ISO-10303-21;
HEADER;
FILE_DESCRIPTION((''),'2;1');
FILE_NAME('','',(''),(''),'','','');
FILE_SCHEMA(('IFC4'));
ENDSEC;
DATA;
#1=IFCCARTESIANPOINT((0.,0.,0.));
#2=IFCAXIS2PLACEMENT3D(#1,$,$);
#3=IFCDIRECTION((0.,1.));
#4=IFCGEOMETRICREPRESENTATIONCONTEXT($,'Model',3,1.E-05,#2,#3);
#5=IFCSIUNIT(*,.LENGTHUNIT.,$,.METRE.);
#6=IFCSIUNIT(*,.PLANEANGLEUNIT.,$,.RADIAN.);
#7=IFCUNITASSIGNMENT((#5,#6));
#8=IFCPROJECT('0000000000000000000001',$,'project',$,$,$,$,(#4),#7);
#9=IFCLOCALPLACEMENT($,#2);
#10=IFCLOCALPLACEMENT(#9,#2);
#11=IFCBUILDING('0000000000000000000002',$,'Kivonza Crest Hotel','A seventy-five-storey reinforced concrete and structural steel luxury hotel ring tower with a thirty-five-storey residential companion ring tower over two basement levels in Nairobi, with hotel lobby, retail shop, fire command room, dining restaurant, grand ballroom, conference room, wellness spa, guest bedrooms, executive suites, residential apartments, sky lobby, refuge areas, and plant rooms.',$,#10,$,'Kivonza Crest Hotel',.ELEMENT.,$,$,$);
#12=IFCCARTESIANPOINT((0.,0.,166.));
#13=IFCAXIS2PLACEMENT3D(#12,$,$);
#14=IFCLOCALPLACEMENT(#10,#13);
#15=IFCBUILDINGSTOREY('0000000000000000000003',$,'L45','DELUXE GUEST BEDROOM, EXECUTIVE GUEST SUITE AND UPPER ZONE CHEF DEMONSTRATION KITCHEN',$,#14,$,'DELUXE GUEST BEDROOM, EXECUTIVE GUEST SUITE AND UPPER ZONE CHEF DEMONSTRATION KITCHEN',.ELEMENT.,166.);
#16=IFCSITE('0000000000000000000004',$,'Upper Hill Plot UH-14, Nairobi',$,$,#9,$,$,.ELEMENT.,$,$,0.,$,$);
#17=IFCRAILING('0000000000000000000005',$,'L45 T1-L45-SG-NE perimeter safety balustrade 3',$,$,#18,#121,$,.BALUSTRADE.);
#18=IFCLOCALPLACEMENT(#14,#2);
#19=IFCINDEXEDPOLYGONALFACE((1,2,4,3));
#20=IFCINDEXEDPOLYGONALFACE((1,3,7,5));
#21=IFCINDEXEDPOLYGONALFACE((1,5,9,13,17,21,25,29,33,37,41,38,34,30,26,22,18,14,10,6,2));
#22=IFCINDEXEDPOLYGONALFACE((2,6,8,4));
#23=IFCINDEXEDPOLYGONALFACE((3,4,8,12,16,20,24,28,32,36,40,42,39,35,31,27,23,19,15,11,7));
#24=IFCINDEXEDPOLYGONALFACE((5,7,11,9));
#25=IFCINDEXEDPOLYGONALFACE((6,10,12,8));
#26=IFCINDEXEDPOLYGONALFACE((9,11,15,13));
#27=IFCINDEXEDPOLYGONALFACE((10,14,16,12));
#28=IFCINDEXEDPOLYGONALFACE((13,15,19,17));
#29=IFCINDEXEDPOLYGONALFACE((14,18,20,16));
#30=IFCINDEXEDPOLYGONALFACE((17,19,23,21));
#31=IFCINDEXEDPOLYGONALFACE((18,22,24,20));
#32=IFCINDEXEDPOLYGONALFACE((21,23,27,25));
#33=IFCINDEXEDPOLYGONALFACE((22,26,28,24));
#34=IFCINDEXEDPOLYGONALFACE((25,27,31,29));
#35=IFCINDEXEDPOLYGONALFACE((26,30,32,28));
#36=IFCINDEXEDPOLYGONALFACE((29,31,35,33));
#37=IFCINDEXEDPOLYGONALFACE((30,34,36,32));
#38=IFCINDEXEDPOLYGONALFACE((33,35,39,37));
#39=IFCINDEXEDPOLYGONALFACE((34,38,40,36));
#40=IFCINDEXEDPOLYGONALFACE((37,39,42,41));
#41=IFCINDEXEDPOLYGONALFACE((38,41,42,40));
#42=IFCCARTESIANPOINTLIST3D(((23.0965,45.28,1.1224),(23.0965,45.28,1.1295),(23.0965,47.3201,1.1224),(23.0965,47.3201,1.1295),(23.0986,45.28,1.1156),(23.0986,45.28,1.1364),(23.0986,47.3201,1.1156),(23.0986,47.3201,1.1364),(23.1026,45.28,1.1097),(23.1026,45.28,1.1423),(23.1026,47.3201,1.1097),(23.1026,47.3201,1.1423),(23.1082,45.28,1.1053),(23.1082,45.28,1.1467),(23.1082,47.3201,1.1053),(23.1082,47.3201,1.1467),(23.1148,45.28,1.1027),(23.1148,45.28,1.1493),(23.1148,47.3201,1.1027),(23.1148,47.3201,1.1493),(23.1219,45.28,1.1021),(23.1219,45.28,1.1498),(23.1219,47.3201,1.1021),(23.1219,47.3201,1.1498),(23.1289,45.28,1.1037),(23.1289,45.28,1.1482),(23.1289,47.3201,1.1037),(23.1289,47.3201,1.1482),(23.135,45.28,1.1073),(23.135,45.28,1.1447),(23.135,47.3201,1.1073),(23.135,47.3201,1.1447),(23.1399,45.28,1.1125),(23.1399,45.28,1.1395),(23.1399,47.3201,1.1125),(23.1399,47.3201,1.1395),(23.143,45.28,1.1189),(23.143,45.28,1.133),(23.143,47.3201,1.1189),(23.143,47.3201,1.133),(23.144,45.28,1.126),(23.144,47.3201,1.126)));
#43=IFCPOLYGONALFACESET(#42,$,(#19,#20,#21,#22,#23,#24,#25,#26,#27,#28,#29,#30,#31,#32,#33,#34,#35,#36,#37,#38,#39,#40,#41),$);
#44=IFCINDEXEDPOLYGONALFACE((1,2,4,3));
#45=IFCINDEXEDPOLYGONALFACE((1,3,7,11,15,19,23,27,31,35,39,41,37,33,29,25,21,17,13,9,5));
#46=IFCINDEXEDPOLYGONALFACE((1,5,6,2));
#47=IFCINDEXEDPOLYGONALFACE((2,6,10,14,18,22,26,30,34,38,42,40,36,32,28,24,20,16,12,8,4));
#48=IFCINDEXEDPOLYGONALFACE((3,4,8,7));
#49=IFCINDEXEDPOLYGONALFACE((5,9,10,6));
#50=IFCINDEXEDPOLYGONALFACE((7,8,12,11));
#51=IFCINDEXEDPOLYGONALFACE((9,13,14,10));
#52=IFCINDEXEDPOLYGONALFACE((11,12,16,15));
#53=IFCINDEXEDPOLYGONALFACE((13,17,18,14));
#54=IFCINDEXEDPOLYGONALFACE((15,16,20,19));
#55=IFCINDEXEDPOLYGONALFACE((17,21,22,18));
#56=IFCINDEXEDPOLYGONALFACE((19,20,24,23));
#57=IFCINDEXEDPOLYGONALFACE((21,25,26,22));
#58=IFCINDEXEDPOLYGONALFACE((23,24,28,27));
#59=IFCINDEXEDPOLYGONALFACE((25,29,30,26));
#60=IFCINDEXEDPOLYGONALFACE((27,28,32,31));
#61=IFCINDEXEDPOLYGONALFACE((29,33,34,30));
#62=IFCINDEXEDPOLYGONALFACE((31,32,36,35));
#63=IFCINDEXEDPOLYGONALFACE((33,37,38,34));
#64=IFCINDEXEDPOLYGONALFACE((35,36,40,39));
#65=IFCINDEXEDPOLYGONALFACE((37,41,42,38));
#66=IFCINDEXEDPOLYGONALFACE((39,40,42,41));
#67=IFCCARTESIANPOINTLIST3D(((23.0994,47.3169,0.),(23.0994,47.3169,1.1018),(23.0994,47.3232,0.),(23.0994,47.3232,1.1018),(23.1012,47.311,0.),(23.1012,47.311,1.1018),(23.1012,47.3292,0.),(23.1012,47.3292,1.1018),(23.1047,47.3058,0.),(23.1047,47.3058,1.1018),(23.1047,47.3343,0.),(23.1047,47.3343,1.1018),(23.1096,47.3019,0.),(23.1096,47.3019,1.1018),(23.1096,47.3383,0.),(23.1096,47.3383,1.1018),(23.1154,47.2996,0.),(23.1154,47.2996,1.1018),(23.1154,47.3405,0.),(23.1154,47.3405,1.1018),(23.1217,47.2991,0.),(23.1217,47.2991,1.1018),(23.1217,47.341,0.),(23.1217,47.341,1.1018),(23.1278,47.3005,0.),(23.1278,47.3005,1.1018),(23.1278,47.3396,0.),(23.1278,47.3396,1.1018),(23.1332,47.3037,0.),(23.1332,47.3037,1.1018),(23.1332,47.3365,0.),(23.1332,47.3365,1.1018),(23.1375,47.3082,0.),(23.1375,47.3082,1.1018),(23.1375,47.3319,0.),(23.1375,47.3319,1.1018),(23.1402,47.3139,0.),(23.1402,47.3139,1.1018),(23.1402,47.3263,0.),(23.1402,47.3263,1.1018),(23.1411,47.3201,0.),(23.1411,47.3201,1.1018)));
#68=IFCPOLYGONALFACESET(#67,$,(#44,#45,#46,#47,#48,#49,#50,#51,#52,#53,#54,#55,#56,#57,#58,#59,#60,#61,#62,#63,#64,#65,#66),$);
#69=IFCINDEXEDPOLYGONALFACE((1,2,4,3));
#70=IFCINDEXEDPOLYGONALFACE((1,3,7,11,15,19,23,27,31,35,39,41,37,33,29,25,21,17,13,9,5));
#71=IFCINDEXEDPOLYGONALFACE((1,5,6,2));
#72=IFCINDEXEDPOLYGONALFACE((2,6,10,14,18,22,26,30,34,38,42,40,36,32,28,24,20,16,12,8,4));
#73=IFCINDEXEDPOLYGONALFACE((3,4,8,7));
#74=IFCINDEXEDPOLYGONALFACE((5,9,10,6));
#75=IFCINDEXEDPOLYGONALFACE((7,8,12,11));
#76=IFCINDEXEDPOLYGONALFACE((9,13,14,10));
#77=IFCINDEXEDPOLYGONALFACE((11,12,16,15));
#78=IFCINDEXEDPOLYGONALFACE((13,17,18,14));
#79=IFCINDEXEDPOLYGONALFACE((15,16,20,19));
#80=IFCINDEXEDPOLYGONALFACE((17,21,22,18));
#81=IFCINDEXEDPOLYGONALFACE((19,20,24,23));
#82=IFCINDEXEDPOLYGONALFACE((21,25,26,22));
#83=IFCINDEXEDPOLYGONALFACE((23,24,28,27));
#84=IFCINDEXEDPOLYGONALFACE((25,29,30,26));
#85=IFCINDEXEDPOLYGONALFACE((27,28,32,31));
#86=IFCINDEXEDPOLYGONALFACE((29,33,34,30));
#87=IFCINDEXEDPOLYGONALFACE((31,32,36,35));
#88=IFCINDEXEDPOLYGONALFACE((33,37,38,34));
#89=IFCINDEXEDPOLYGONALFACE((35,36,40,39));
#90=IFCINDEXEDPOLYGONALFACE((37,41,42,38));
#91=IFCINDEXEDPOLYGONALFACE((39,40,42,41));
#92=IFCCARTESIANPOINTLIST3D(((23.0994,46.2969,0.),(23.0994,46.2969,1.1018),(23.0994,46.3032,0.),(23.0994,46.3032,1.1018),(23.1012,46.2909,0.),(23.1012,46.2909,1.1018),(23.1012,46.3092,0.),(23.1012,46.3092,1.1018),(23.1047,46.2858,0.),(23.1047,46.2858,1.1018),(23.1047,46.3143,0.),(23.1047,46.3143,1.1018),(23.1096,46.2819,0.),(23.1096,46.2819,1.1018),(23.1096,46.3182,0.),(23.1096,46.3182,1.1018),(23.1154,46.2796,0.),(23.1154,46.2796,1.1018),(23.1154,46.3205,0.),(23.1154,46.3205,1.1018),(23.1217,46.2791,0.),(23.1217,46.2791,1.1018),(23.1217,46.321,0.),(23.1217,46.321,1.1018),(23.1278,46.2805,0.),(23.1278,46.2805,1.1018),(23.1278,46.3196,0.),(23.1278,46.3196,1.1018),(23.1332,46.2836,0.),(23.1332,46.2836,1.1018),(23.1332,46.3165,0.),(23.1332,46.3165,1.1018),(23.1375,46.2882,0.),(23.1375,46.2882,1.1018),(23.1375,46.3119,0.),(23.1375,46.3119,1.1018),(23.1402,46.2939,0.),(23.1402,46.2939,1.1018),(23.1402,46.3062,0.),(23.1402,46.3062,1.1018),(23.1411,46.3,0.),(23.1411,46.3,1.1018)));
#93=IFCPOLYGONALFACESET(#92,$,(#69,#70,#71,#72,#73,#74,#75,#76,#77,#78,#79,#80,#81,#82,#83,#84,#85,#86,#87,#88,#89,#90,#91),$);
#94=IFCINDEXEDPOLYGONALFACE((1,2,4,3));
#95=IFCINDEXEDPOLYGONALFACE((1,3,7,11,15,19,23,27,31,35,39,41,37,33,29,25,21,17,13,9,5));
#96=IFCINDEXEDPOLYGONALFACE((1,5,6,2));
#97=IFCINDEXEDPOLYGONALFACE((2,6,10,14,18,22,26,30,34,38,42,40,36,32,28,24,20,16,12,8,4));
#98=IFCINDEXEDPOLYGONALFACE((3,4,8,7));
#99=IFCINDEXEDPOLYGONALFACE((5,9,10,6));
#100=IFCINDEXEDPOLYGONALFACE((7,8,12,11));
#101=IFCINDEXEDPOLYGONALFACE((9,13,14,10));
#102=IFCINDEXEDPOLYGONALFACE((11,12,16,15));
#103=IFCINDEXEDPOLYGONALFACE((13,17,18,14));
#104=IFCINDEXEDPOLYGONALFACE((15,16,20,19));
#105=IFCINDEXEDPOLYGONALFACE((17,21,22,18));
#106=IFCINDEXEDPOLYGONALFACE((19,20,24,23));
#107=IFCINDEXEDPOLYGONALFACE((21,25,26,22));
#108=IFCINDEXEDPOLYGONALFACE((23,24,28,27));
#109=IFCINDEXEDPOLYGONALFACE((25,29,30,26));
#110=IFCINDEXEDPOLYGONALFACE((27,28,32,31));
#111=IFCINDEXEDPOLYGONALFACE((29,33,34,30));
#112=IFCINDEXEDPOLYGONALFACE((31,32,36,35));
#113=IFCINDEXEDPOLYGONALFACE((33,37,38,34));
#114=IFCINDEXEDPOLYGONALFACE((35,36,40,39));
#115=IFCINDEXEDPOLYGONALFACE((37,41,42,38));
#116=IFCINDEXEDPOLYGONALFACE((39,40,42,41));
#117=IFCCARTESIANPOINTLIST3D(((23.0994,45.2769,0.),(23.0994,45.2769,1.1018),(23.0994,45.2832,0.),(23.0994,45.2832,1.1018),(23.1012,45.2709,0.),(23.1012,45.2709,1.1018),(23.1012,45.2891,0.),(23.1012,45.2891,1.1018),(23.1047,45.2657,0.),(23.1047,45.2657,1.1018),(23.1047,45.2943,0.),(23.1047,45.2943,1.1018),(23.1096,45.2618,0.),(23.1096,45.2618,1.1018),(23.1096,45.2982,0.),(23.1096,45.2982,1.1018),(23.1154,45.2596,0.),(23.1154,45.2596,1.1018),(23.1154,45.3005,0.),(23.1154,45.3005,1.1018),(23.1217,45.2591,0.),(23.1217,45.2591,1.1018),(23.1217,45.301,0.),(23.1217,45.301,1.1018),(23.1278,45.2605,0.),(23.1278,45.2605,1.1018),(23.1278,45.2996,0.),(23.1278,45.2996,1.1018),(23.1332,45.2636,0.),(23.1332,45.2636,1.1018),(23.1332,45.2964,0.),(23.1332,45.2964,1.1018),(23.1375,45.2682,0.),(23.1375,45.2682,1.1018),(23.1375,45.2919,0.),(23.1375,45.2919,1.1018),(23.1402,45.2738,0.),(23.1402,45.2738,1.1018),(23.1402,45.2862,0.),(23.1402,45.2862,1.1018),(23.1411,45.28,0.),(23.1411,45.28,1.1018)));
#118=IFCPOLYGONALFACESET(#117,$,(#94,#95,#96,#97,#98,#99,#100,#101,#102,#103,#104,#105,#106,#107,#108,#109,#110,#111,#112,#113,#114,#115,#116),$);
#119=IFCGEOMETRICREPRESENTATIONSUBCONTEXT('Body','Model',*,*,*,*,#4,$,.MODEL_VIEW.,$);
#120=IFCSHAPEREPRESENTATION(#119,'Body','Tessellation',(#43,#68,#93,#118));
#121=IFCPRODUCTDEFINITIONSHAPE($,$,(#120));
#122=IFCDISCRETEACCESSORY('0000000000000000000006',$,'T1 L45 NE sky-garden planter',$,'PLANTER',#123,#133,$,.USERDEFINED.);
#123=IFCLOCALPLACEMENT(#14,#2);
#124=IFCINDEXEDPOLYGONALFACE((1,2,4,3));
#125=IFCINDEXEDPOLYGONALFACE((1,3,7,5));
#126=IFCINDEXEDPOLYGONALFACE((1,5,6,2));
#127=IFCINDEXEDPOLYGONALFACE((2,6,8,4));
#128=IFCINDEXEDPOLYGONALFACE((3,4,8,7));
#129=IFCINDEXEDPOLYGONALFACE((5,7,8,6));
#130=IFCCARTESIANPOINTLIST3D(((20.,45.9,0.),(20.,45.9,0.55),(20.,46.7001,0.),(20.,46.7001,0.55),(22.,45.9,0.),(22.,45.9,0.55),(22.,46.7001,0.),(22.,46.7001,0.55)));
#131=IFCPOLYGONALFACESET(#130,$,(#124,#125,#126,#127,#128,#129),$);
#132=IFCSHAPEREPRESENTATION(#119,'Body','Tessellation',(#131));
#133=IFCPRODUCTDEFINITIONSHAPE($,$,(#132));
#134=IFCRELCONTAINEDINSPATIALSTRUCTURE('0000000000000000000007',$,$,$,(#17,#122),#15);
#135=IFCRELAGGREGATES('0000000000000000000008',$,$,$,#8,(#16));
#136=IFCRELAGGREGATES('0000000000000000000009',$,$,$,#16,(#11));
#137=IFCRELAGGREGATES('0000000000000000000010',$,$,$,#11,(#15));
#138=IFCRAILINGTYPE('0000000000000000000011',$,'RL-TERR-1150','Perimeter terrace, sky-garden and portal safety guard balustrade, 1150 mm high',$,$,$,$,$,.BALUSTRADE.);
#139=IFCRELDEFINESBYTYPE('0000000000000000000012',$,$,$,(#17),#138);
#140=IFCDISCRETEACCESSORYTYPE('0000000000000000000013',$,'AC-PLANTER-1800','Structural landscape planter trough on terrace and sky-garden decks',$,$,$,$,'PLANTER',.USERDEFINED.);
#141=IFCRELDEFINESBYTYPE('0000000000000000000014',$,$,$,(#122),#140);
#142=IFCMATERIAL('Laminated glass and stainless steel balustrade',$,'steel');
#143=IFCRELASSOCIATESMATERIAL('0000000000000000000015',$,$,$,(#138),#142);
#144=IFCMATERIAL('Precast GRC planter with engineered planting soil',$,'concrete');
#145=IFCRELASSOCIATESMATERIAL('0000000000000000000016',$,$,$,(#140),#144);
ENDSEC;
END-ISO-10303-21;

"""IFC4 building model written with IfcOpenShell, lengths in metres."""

from ifc_helpers import new_model, si_unit, direction, frame, origin, origin_2d, place, context, subcontext, project, spatial, rectangle, circle, extrude, material, type_object, element, save


model = new_model("IFC4")

# Units and contexts
model_context = context("Model", 3, precision=1e-05, world=origin(), true_north=direction((0.0, 1.0)))
body_context = subcontext(model_context, "Body", "Model", "MODEL_VIEW")
ifc_project = project(units=[si_unit("LENGTHUNIT", "METRE"), si_unit("PLANEANGLEUNIT", "RADIAN")], contexts=[model_context])

# Site, building, storey
site_placement = place(None, origin())
site = spatial("IfcSite", under=ifc_project, at=site_placement, Name="Upper Hill Plot UH-14, Nairobi", CompositionType="ELEMENT", RefElevation=0.0)
building_placement = place(site_placement, origin())
building = spatial("IfcBuilding", under=site, at=building_placement, Name="Kivonza Crest Hotel", Description="A seventy-five-storey reinforced concrete and structural steel luxury hotel ring tower with a thirty-five-storey residential companion ring tower over two basement levels in Nairobi, with hotel lobby, retail shop, fire command room, dining restaurant, grand ballroom, conference room, wellness spa, guest bedrooms, executive suites, residential apartments, sky lobby, refuge areas, and plant rooms.", LongName="Kivonza Crest Hotel", CompositionType="ELEMENT")
storey_placement = place(building_placement, frame((0.0, 0.0, 166.0)))
storey = spatial("IfcBuildingStorey", under=building, at=storey_placement, Name="L45", Description="DELUXE GUEST BEDROOM, EXECUTIVE GUEST SUITE AND UPPER ZONE CHEF DEMONSTRATION KITCHEN", LongName="DELUXE GUEST BEDROOM, EXECUTIVE GUEST SUITE AND UPPER ZONE CHEF DEMONSTRATION KITCHEN", CompositionType="ELEMENT", Elevation=166.0)

# Railing
ifc_material_1 = material(Name="Laminated glass and stainless steel balustrade", Category="steel")
railing_type = type_object("IfcRailingType", Name="RL-TERR-1150", Description="Perimeter terrace, sky-garden and portal safety guard balustrade, 1150 mm high", PredefinedType="BALUSTRADE", material=ifc_material_1)
railing_1_placement = place(storey_placement, frame((23.1201, 47.3201, 0.0)))
element("IfcRailing", 1, at=railing_1_placement, inside=storey, type_object=railing_type, Name="L45 T1-L45-SG-NE perimeter safety balustrade 3", PredefinedType="BALUSTRADE", context=body_context, shape_type="SweptSolid", body=[
    extrude(circle(Radius=0.0239, at=origin_2d()), frame((0.0, 0.0, 1.126), z_axis=(0.0, -1.0, 0.0), x_axis=(1.0, 0.0, 0.0)), (0.0, 0.0, 1.0), 2.04),
    extrude(circle(Radius=0.021, at=origin_2d()), origin(), (0.0, 0.0, 1.0), 1.1018),
    extrude(circle(Radius=0.021, at=origin_2d()), frame((0.0, -1.02, 0.0)), (0.0, 0.0, 1.0), 1.1018),
    extrude(circle(Radius=0.021, at=origin_2d()), frame((0.0, -2.04, 0.0)), (0.0, 0.0, 1.0), 1.1018),
])

# Discrete accessory
ifc_material_2 = material(Name="Precast GRC planter with engineered planting soil", Category="concrete")
discrete_accessory_type = type_object("IfcDiscreteAccessoryType", Name="AC-PLANTER-1800", Description="Structural landscape planter trough on terrace and sky-garden decks", ElementType="PLANTER", PredefinedType="USERDEFINED", material=ifc_material_2)
discrete_accessory_placement = place(storey_placement, frame((21.0, 46.3, 0.0), z_axis=(0.0, 0.0, 1.0), x_axis=(1.0, 0.0, 0.0)))
element("IfcDiscreteAccessory", 2, at=discrete_accessory_placement, inside=storey, type_object=discrete_accessory_type, Name="T1 L45 NE sky-garden planter", ObjectType="PLANTER", PredefinedType="USERDEFINED", context=body_context, shape_type="SweptSolid", body=[
    extrude(rectangle(XDim=2.0, YDim=0.8, at=origin_2d()), origin(), (0.0, 0.0, 1.0), 0.55),
])

save(model, "model.ifc")
